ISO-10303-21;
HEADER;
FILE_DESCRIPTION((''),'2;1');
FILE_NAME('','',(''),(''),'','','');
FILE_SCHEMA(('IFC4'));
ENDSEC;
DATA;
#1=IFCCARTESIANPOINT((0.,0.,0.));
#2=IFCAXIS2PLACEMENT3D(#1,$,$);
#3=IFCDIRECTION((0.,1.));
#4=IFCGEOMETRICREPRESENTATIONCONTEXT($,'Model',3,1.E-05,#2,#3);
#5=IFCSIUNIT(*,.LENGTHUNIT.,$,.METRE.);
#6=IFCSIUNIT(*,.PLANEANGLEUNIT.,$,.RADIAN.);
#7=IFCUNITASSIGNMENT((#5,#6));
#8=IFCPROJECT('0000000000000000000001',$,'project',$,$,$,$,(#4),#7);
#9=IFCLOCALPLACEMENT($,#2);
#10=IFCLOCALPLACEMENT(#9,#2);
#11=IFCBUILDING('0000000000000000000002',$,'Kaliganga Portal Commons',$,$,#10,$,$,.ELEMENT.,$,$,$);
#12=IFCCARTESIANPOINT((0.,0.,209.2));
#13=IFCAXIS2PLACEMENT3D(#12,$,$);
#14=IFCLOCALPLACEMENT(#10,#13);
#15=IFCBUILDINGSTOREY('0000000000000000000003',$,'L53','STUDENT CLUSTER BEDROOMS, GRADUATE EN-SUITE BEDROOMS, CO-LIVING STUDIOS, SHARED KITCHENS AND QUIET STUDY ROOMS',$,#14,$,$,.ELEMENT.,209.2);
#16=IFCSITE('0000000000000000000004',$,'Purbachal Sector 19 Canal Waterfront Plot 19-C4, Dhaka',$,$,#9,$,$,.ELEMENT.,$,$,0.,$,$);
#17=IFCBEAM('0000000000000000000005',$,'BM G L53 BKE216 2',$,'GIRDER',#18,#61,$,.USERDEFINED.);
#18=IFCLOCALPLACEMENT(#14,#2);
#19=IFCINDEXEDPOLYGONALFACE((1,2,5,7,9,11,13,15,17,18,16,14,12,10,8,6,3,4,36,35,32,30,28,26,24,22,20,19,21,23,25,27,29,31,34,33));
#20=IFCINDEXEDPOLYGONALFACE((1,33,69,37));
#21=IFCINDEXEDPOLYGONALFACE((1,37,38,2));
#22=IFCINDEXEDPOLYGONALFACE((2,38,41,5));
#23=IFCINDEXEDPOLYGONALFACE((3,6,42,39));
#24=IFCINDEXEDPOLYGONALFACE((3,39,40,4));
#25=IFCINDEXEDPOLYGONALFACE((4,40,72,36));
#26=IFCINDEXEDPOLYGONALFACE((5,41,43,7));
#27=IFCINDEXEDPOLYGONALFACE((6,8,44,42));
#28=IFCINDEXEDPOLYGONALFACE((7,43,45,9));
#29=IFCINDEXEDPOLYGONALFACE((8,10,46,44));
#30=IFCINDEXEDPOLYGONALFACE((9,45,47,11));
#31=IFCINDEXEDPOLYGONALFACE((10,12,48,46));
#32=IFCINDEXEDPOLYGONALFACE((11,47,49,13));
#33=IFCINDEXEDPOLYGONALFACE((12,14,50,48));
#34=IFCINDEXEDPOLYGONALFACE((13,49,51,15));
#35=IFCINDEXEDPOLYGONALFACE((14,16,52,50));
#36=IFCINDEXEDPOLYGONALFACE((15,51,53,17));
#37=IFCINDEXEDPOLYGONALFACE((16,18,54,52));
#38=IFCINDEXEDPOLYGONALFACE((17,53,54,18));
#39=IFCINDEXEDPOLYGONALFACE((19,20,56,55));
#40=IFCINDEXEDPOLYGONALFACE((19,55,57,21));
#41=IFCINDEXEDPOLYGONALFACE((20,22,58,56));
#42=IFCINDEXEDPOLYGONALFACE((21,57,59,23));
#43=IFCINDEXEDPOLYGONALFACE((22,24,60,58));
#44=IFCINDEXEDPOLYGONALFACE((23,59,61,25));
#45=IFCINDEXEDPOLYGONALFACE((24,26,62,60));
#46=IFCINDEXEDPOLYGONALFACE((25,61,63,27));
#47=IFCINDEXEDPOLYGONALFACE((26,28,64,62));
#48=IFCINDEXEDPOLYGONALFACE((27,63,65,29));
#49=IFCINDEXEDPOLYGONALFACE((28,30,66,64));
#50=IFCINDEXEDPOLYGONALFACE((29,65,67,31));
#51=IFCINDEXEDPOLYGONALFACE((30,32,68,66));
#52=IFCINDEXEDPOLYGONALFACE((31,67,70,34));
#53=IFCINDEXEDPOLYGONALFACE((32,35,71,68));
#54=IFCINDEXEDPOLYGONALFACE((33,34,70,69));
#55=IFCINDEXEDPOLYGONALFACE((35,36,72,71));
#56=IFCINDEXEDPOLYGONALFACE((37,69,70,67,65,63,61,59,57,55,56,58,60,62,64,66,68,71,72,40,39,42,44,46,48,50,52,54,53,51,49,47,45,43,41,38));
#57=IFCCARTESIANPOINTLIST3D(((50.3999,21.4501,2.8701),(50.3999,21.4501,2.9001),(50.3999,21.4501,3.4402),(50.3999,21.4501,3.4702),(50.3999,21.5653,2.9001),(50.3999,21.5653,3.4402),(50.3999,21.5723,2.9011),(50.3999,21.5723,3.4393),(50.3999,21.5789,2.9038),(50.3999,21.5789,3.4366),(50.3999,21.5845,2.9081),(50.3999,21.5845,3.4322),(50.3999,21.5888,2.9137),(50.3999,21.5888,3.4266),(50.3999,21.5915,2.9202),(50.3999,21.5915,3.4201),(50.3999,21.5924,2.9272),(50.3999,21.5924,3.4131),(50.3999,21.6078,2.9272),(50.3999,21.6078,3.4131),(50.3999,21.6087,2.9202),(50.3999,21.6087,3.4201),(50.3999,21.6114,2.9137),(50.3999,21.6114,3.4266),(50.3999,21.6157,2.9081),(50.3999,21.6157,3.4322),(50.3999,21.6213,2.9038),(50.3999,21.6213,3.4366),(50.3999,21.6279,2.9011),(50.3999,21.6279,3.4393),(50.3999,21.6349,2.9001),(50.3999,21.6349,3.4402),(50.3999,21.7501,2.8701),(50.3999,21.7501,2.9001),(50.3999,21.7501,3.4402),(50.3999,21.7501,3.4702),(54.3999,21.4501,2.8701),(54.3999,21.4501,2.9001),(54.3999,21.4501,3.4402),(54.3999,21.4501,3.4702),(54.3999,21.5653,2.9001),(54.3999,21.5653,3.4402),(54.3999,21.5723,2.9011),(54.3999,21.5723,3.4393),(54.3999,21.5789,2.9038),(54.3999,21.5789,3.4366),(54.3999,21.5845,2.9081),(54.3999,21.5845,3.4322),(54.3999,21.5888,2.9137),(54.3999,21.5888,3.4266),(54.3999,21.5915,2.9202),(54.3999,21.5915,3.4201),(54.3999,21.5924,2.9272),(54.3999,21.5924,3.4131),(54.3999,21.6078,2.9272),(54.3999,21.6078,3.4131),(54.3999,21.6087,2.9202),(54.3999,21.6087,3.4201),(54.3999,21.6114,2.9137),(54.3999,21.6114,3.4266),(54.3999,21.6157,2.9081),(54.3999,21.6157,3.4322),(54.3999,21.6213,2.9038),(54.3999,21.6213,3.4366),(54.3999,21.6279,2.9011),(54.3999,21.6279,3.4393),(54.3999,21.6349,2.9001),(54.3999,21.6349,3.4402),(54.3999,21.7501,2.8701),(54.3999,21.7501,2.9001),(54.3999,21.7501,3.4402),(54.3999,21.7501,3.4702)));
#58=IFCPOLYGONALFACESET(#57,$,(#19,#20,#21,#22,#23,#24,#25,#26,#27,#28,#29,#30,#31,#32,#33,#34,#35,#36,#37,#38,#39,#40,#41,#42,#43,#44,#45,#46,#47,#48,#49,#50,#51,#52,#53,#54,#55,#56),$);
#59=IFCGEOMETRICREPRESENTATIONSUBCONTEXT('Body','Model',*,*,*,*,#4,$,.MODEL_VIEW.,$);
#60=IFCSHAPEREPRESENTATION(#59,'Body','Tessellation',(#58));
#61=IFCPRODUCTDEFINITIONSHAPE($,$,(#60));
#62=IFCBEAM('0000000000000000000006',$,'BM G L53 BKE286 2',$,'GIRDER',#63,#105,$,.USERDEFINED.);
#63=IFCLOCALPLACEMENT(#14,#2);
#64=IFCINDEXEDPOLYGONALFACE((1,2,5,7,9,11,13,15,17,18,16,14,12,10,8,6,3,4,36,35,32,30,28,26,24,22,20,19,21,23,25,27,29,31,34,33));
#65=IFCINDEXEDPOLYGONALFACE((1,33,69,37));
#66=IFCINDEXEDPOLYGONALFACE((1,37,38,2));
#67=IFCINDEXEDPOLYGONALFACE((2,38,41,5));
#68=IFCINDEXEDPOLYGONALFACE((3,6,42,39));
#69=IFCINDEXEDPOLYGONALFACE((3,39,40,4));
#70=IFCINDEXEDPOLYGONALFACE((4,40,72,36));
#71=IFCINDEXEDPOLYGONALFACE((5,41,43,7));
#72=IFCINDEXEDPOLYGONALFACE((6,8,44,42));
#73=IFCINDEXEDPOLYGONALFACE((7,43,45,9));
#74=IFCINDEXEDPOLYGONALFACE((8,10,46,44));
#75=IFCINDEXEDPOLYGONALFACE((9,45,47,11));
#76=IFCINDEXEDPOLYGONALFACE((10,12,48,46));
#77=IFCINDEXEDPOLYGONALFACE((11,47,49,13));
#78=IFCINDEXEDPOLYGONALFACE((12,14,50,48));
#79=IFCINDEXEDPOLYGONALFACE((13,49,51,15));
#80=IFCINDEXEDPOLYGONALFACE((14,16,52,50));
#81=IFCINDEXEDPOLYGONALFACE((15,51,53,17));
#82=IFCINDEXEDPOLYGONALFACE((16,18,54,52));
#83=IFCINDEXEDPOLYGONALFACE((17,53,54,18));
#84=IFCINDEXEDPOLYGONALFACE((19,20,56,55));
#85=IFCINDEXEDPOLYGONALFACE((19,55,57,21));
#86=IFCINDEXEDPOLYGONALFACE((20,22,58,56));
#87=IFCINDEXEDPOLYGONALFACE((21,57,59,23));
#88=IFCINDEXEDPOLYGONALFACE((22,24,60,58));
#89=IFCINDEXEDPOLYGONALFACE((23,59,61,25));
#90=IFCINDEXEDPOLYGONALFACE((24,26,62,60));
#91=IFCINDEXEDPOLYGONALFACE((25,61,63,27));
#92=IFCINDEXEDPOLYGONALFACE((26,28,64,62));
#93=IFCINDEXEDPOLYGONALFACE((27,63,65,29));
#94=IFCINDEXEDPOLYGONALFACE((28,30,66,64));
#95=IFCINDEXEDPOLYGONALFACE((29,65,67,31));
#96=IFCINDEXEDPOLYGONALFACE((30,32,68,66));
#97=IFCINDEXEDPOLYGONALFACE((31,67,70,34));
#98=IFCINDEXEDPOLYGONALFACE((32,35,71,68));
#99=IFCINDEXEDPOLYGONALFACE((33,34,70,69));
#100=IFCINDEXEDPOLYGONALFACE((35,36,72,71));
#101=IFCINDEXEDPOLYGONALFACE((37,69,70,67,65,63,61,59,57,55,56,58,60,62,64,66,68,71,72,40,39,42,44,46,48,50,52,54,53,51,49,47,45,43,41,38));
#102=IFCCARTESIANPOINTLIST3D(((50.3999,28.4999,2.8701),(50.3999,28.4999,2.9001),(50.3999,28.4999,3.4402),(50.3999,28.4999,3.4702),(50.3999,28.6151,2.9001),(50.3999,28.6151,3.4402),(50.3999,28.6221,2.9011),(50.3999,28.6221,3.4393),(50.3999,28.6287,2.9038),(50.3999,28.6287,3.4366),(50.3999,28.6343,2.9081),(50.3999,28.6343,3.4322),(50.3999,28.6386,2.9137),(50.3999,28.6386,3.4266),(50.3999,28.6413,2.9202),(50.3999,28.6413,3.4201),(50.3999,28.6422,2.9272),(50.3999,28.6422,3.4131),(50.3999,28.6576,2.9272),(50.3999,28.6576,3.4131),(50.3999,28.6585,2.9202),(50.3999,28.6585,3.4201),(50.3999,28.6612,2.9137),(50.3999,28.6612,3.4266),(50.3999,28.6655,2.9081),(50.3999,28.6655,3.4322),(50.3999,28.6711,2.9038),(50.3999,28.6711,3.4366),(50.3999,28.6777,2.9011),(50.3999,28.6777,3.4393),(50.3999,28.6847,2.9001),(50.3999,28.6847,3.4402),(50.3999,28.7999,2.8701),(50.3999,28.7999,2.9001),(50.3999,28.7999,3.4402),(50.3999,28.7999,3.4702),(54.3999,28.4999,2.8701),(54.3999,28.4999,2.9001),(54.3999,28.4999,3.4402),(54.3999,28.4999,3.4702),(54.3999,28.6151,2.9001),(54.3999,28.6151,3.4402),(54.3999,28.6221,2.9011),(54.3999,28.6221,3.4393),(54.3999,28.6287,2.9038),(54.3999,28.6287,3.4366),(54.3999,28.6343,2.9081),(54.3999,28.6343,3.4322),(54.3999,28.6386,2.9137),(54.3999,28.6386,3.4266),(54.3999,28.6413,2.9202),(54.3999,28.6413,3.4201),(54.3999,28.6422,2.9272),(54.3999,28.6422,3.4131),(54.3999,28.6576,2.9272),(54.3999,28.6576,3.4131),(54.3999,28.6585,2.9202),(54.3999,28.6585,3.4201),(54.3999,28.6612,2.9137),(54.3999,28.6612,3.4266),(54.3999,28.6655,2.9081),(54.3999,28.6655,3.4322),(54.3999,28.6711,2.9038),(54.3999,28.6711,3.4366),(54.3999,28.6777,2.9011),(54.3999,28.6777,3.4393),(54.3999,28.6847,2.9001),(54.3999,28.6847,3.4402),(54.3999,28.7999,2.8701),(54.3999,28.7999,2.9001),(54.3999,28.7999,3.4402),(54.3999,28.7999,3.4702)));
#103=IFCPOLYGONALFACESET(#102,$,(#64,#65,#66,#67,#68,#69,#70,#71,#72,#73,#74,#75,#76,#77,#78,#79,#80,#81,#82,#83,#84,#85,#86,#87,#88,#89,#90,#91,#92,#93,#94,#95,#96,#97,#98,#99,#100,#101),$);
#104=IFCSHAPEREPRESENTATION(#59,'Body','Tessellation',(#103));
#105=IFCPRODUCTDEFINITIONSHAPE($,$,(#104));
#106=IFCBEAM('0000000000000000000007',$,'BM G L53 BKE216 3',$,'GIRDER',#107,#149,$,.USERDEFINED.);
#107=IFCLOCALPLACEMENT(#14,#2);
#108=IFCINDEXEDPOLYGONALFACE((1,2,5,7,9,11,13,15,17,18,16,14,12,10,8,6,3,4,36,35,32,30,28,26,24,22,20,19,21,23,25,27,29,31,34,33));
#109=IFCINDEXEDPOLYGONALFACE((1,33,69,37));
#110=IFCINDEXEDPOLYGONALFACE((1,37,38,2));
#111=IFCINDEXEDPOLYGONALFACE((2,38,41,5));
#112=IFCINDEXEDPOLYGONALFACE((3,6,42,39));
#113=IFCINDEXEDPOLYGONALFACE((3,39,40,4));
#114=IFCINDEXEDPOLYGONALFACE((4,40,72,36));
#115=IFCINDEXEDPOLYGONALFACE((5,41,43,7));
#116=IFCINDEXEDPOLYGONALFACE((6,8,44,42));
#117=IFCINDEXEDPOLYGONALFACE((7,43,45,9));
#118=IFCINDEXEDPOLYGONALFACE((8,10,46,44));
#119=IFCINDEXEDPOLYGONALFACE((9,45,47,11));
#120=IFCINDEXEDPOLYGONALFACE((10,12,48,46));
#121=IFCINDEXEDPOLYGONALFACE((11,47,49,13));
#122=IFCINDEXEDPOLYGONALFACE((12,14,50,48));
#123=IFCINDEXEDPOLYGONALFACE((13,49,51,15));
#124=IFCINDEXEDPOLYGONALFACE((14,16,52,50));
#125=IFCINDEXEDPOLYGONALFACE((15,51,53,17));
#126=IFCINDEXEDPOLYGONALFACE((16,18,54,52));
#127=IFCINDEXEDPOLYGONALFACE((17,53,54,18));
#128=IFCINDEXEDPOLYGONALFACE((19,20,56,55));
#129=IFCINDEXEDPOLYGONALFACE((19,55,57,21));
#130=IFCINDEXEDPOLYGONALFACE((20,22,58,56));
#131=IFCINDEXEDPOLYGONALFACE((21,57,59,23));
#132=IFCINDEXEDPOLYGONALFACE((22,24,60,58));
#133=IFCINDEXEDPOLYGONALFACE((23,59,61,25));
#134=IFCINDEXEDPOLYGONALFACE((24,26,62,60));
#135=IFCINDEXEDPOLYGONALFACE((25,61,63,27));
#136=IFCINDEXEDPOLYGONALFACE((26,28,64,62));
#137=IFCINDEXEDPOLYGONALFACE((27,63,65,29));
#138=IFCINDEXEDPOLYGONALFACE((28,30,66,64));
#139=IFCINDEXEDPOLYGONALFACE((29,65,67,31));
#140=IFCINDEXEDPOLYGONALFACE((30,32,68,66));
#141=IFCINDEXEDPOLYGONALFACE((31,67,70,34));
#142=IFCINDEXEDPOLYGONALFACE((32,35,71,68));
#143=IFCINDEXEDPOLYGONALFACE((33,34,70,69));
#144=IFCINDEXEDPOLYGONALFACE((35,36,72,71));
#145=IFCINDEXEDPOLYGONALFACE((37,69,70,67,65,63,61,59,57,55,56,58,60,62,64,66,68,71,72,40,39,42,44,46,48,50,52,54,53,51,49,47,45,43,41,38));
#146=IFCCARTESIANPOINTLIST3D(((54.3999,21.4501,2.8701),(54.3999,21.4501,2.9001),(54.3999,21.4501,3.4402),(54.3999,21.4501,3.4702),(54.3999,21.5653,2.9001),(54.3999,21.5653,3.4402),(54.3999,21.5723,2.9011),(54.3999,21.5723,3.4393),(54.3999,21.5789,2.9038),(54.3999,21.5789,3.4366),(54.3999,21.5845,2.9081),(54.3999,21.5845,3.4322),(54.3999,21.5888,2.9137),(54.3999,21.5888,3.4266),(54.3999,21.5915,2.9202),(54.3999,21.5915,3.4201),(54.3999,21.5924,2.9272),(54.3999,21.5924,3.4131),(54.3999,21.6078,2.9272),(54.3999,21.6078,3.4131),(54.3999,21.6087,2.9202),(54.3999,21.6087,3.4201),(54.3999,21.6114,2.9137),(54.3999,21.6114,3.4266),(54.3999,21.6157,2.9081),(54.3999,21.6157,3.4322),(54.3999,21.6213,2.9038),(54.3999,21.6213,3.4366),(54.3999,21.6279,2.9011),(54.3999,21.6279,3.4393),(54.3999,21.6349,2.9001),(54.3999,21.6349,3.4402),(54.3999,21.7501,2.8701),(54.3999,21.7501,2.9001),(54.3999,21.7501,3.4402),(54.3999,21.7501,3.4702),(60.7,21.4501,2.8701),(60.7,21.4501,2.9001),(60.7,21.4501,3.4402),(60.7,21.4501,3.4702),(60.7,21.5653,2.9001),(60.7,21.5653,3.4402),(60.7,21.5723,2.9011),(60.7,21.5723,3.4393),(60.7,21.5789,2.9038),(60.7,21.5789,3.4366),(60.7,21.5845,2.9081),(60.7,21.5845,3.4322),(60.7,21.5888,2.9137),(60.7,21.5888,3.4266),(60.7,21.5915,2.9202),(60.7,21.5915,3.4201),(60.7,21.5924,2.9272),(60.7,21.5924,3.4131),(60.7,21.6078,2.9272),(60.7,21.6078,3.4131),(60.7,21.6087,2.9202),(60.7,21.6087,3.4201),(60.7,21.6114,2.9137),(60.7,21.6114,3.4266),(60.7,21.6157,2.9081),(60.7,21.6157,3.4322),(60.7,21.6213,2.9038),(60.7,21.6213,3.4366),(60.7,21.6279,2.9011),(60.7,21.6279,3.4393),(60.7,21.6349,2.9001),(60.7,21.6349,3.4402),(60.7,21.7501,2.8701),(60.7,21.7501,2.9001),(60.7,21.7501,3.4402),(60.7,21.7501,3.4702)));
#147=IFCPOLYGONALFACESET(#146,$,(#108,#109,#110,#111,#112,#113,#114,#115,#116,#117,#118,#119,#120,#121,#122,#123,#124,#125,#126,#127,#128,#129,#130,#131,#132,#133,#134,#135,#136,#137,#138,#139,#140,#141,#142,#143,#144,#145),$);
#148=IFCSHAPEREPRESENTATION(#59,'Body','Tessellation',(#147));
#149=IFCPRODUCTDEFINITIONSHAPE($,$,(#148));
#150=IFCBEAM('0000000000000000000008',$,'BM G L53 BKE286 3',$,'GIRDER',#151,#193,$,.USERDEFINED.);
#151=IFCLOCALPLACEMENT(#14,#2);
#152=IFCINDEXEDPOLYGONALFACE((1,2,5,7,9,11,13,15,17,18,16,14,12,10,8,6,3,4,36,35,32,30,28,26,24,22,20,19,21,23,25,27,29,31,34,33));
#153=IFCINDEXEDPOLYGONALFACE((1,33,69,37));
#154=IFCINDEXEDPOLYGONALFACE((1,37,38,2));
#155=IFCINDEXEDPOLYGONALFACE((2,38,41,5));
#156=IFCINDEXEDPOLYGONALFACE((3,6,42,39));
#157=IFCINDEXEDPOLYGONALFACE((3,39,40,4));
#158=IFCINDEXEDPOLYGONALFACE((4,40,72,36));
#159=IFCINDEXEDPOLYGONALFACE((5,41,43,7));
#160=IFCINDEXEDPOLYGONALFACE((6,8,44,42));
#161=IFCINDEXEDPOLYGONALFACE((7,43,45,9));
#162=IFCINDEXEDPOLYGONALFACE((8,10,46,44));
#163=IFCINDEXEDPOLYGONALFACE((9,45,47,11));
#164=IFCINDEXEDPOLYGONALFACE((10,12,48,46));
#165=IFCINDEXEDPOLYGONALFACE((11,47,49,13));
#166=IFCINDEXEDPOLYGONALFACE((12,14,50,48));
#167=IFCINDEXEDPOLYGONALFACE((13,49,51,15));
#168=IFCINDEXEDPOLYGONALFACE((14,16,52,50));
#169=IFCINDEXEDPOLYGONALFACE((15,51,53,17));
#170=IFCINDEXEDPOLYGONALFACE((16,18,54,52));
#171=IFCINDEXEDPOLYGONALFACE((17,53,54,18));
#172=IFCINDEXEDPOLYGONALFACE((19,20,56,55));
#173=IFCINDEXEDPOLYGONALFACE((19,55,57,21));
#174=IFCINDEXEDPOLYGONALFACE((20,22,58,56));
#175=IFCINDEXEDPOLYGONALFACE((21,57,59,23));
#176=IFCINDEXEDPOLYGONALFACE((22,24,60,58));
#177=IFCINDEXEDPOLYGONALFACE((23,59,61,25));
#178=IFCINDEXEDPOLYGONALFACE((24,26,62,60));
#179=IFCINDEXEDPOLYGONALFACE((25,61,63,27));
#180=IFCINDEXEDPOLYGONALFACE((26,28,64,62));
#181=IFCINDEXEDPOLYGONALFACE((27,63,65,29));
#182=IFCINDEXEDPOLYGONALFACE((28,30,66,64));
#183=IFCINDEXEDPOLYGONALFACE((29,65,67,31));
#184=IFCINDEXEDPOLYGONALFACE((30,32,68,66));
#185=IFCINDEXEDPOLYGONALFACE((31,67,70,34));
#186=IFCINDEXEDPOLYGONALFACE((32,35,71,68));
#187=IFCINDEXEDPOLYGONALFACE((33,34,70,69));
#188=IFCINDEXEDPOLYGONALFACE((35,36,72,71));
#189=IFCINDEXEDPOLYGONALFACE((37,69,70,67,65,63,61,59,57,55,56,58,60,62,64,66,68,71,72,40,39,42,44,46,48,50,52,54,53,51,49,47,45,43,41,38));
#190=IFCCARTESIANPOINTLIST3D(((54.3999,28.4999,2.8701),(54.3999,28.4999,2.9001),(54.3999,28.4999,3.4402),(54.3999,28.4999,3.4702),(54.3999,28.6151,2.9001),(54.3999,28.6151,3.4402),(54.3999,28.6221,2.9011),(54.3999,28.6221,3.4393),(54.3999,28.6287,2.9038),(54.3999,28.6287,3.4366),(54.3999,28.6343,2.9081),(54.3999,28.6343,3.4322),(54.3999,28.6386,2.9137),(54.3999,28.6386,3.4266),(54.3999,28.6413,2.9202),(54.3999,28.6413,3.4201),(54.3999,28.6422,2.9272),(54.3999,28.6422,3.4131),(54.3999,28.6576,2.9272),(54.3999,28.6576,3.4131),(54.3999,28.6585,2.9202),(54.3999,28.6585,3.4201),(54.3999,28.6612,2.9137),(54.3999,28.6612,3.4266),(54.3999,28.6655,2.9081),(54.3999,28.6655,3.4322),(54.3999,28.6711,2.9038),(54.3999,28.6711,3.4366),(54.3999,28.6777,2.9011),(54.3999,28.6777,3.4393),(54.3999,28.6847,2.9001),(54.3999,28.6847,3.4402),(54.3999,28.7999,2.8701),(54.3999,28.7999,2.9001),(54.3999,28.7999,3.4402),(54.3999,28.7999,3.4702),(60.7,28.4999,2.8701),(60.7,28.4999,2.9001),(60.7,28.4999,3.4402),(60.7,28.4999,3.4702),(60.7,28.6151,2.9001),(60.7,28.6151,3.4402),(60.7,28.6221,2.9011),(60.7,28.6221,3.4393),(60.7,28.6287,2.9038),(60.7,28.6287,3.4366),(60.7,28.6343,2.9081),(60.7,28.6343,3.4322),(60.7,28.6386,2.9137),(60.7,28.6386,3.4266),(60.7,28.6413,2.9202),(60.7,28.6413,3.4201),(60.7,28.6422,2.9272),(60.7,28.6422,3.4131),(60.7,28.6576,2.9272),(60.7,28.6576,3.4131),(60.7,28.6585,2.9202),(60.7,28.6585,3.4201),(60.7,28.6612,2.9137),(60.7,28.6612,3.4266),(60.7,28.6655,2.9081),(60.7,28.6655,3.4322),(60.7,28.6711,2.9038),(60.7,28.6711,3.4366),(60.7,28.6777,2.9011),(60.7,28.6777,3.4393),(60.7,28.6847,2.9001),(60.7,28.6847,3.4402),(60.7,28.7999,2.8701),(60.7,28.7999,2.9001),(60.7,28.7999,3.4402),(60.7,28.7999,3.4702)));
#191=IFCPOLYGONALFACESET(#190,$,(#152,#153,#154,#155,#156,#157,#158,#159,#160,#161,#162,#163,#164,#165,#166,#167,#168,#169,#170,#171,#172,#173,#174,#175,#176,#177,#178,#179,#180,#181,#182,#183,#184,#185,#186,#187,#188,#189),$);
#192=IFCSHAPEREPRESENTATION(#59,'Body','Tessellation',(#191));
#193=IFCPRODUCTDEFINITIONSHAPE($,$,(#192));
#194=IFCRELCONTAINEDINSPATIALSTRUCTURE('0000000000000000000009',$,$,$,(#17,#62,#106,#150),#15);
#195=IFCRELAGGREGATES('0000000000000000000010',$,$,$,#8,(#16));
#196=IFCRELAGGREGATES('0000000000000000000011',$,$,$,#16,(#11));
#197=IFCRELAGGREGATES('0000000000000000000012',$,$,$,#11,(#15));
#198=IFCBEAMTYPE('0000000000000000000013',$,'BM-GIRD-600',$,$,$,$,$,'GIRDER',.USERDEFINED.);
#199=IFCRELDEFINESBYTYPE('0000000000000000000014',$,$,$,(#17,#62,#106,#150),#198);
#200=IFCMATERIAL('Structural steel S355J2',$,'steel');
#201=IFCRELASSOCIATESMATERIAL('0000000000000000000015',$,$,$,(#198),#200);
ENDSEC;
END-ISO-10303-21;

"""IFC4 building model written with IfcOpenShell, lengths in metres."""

from ifc_helpers import new_model, si_unit, direction, frame, origin, origin_2d, place, context, subcontext, project, spatial, i_section, extrude, source, transform, mapped, material, material_profile, profile_set, type_object, element, save


model = new_model("IFC4")

# Units and contexts
model_context = context("Model", 3, precision=1e-05, world=origin(), true_north=direction((0.0, 1.0)))
body_context = subcontext(model_context, "Body", "Model", "MODEL_VIEW")
ifc_project = project(units=[si_unit("LENGTHUNIT", "METRE"), si_unit("PLANEANGLEUNIT", "RADIAN")], contexts=[model_context])

# Site, building, storey
site_placement = place(None, origin())
site = spatial("IfcSite", under=ifc_project, at=site_placement, Name="Purbachal Sector 19 Canal Waterfront Plot 19-C4, Dhaka", CompositionType="ELEMENT", RefElevation=0.0)
building_placement = place(site_placement, origin())
building = spatial("IfcBuilding", under=site, at=building_placement, Name="Kaliganga Portal Commons", CompositionType="ELEMENT")
storey_placement = place(building_placement, frame((0.0, 0.0, 209.2)))
storey = spatial("IfcBuildingStorey", under=building, at=storey_placement, Name="L53", Description="STUDENT CLUSTER BEDROOMS, GRADUATE EN-SUITE BEDROOMS, CO-LIVING STUDIOS, SHARED KITCHENS AND QUIET STUDY ROOMS", CompositionType="ELEMENT", Elevation=209.2)

# Shared definitions
ifc_material_1 = material(Name="Structural steel S355J2", Category="steel")

# Beams
ifc_material_profile_1 = material_profile(ifc_material_1, i_section(OverallWidth=0.3, OverallDepth=0.6001, WebThickness=0.0154, FlangeThickness=0.03, FilletRadius=0.0271, at=origin_2d()), Name="HE 600 B")
ifc_profile_set_1 = profile_set([ifc_material_profile_1], Name="Structural steel S355J2 wide-flange")
beam_type_1 = type_object("IfcBeamType", Name="BM-GIRD-600", ElementType="GIRDER", PredefinedType="USERDEFINED", material=ifc_profile_set_1)
shared_shape_1 = source(origin(), body_context, "Body", "SweptSolid", [
    extrude(i_section(OverallWidth=0.3, OverallDepth=0.6001, WebThickness=0.0154, FlangeThickness=0.03, FilletRadius=0.0271, at=origin_2d()), origin(), (0.0, 0.0, 1.0), 4.0),
])
for number, where, z_axis, x_axis, name in (
    (1, (50.3999, 21.6001, 3.1702), (1.0, 0.0, 0.0), (0.0, 1.0, 0.0), "BM G L53 BKE216 2"),
    (2, (50.3999, 28.6499, 3.1702), (1.0, 0.0, 0.0), (0.0, 1.0, 0.0), "BM G L53 BKE286 2"),
):
    element("IfcBeam", number, at=place(storey_placement, frame(where, z_axis=z_axis, x_axis=x_axis)), inside=storey, type_object=beam_type_1, Name=name, ObjectType="GIRDER", PredefinedType="USERDEFINED", context=body_context, shape_type="MappedRepresentation", body=[
        mapped(shared_shape_1, transform((0.0, 0.0, 0.0), x_axis=(1.0, 0.0, 0.0), y_axis=(0.0, 1.0, 0.0), z_axis=(0.0, 0.0, 1.0), scale=1.0)),
    ])
shared_shape_2 = source(origin(), body_context, "Body", "SweptSolid", [
    extrude(i_section(OverallWidth=0.3, OverallDepth=0.6001, WebThickness=0.0154, FlangeThickness=0.03, FilletRadius=0.0271, at=origin_2d()), origin(), (0.0, 0.0, 1.0), 6.3),
])
for number, where, z_axis, x_axis, name in (
    (3, (54.3999, 21.6001, 3.1702), (1.0, 0.0, 0.0), (0.0, 1.0, 0.0), "BM G L53 BKE216 3"),
    (4, (54.3999, 28.6499, 3.1702), (1.0, 0.0, 0.0), (0.0, 1.0, 0.0), "BM G L53 BKE286 3"),
):
    element("IfcBeam", number, at=place(storey_placement, frame(where, z_axis=z_axis, x_axis=x_axis)), inside=storey, type_object=beam_type_1, Name=name, ObjectType="GIRDER", PredefinedType="USERDEFINED", context=body_context, shape_type="MappedRepresentation", body=[
        mapped(shared_shape_2, transform((0.0, 0.0, 0.0), x_axis=(1.0, 0.0, 0.0), y_axis=(0.0, 1.0, 0.0), z_axis=(0.0, 0.0, 1.0), scale=1.0)),
    ])

save(model, "model.ifc")
